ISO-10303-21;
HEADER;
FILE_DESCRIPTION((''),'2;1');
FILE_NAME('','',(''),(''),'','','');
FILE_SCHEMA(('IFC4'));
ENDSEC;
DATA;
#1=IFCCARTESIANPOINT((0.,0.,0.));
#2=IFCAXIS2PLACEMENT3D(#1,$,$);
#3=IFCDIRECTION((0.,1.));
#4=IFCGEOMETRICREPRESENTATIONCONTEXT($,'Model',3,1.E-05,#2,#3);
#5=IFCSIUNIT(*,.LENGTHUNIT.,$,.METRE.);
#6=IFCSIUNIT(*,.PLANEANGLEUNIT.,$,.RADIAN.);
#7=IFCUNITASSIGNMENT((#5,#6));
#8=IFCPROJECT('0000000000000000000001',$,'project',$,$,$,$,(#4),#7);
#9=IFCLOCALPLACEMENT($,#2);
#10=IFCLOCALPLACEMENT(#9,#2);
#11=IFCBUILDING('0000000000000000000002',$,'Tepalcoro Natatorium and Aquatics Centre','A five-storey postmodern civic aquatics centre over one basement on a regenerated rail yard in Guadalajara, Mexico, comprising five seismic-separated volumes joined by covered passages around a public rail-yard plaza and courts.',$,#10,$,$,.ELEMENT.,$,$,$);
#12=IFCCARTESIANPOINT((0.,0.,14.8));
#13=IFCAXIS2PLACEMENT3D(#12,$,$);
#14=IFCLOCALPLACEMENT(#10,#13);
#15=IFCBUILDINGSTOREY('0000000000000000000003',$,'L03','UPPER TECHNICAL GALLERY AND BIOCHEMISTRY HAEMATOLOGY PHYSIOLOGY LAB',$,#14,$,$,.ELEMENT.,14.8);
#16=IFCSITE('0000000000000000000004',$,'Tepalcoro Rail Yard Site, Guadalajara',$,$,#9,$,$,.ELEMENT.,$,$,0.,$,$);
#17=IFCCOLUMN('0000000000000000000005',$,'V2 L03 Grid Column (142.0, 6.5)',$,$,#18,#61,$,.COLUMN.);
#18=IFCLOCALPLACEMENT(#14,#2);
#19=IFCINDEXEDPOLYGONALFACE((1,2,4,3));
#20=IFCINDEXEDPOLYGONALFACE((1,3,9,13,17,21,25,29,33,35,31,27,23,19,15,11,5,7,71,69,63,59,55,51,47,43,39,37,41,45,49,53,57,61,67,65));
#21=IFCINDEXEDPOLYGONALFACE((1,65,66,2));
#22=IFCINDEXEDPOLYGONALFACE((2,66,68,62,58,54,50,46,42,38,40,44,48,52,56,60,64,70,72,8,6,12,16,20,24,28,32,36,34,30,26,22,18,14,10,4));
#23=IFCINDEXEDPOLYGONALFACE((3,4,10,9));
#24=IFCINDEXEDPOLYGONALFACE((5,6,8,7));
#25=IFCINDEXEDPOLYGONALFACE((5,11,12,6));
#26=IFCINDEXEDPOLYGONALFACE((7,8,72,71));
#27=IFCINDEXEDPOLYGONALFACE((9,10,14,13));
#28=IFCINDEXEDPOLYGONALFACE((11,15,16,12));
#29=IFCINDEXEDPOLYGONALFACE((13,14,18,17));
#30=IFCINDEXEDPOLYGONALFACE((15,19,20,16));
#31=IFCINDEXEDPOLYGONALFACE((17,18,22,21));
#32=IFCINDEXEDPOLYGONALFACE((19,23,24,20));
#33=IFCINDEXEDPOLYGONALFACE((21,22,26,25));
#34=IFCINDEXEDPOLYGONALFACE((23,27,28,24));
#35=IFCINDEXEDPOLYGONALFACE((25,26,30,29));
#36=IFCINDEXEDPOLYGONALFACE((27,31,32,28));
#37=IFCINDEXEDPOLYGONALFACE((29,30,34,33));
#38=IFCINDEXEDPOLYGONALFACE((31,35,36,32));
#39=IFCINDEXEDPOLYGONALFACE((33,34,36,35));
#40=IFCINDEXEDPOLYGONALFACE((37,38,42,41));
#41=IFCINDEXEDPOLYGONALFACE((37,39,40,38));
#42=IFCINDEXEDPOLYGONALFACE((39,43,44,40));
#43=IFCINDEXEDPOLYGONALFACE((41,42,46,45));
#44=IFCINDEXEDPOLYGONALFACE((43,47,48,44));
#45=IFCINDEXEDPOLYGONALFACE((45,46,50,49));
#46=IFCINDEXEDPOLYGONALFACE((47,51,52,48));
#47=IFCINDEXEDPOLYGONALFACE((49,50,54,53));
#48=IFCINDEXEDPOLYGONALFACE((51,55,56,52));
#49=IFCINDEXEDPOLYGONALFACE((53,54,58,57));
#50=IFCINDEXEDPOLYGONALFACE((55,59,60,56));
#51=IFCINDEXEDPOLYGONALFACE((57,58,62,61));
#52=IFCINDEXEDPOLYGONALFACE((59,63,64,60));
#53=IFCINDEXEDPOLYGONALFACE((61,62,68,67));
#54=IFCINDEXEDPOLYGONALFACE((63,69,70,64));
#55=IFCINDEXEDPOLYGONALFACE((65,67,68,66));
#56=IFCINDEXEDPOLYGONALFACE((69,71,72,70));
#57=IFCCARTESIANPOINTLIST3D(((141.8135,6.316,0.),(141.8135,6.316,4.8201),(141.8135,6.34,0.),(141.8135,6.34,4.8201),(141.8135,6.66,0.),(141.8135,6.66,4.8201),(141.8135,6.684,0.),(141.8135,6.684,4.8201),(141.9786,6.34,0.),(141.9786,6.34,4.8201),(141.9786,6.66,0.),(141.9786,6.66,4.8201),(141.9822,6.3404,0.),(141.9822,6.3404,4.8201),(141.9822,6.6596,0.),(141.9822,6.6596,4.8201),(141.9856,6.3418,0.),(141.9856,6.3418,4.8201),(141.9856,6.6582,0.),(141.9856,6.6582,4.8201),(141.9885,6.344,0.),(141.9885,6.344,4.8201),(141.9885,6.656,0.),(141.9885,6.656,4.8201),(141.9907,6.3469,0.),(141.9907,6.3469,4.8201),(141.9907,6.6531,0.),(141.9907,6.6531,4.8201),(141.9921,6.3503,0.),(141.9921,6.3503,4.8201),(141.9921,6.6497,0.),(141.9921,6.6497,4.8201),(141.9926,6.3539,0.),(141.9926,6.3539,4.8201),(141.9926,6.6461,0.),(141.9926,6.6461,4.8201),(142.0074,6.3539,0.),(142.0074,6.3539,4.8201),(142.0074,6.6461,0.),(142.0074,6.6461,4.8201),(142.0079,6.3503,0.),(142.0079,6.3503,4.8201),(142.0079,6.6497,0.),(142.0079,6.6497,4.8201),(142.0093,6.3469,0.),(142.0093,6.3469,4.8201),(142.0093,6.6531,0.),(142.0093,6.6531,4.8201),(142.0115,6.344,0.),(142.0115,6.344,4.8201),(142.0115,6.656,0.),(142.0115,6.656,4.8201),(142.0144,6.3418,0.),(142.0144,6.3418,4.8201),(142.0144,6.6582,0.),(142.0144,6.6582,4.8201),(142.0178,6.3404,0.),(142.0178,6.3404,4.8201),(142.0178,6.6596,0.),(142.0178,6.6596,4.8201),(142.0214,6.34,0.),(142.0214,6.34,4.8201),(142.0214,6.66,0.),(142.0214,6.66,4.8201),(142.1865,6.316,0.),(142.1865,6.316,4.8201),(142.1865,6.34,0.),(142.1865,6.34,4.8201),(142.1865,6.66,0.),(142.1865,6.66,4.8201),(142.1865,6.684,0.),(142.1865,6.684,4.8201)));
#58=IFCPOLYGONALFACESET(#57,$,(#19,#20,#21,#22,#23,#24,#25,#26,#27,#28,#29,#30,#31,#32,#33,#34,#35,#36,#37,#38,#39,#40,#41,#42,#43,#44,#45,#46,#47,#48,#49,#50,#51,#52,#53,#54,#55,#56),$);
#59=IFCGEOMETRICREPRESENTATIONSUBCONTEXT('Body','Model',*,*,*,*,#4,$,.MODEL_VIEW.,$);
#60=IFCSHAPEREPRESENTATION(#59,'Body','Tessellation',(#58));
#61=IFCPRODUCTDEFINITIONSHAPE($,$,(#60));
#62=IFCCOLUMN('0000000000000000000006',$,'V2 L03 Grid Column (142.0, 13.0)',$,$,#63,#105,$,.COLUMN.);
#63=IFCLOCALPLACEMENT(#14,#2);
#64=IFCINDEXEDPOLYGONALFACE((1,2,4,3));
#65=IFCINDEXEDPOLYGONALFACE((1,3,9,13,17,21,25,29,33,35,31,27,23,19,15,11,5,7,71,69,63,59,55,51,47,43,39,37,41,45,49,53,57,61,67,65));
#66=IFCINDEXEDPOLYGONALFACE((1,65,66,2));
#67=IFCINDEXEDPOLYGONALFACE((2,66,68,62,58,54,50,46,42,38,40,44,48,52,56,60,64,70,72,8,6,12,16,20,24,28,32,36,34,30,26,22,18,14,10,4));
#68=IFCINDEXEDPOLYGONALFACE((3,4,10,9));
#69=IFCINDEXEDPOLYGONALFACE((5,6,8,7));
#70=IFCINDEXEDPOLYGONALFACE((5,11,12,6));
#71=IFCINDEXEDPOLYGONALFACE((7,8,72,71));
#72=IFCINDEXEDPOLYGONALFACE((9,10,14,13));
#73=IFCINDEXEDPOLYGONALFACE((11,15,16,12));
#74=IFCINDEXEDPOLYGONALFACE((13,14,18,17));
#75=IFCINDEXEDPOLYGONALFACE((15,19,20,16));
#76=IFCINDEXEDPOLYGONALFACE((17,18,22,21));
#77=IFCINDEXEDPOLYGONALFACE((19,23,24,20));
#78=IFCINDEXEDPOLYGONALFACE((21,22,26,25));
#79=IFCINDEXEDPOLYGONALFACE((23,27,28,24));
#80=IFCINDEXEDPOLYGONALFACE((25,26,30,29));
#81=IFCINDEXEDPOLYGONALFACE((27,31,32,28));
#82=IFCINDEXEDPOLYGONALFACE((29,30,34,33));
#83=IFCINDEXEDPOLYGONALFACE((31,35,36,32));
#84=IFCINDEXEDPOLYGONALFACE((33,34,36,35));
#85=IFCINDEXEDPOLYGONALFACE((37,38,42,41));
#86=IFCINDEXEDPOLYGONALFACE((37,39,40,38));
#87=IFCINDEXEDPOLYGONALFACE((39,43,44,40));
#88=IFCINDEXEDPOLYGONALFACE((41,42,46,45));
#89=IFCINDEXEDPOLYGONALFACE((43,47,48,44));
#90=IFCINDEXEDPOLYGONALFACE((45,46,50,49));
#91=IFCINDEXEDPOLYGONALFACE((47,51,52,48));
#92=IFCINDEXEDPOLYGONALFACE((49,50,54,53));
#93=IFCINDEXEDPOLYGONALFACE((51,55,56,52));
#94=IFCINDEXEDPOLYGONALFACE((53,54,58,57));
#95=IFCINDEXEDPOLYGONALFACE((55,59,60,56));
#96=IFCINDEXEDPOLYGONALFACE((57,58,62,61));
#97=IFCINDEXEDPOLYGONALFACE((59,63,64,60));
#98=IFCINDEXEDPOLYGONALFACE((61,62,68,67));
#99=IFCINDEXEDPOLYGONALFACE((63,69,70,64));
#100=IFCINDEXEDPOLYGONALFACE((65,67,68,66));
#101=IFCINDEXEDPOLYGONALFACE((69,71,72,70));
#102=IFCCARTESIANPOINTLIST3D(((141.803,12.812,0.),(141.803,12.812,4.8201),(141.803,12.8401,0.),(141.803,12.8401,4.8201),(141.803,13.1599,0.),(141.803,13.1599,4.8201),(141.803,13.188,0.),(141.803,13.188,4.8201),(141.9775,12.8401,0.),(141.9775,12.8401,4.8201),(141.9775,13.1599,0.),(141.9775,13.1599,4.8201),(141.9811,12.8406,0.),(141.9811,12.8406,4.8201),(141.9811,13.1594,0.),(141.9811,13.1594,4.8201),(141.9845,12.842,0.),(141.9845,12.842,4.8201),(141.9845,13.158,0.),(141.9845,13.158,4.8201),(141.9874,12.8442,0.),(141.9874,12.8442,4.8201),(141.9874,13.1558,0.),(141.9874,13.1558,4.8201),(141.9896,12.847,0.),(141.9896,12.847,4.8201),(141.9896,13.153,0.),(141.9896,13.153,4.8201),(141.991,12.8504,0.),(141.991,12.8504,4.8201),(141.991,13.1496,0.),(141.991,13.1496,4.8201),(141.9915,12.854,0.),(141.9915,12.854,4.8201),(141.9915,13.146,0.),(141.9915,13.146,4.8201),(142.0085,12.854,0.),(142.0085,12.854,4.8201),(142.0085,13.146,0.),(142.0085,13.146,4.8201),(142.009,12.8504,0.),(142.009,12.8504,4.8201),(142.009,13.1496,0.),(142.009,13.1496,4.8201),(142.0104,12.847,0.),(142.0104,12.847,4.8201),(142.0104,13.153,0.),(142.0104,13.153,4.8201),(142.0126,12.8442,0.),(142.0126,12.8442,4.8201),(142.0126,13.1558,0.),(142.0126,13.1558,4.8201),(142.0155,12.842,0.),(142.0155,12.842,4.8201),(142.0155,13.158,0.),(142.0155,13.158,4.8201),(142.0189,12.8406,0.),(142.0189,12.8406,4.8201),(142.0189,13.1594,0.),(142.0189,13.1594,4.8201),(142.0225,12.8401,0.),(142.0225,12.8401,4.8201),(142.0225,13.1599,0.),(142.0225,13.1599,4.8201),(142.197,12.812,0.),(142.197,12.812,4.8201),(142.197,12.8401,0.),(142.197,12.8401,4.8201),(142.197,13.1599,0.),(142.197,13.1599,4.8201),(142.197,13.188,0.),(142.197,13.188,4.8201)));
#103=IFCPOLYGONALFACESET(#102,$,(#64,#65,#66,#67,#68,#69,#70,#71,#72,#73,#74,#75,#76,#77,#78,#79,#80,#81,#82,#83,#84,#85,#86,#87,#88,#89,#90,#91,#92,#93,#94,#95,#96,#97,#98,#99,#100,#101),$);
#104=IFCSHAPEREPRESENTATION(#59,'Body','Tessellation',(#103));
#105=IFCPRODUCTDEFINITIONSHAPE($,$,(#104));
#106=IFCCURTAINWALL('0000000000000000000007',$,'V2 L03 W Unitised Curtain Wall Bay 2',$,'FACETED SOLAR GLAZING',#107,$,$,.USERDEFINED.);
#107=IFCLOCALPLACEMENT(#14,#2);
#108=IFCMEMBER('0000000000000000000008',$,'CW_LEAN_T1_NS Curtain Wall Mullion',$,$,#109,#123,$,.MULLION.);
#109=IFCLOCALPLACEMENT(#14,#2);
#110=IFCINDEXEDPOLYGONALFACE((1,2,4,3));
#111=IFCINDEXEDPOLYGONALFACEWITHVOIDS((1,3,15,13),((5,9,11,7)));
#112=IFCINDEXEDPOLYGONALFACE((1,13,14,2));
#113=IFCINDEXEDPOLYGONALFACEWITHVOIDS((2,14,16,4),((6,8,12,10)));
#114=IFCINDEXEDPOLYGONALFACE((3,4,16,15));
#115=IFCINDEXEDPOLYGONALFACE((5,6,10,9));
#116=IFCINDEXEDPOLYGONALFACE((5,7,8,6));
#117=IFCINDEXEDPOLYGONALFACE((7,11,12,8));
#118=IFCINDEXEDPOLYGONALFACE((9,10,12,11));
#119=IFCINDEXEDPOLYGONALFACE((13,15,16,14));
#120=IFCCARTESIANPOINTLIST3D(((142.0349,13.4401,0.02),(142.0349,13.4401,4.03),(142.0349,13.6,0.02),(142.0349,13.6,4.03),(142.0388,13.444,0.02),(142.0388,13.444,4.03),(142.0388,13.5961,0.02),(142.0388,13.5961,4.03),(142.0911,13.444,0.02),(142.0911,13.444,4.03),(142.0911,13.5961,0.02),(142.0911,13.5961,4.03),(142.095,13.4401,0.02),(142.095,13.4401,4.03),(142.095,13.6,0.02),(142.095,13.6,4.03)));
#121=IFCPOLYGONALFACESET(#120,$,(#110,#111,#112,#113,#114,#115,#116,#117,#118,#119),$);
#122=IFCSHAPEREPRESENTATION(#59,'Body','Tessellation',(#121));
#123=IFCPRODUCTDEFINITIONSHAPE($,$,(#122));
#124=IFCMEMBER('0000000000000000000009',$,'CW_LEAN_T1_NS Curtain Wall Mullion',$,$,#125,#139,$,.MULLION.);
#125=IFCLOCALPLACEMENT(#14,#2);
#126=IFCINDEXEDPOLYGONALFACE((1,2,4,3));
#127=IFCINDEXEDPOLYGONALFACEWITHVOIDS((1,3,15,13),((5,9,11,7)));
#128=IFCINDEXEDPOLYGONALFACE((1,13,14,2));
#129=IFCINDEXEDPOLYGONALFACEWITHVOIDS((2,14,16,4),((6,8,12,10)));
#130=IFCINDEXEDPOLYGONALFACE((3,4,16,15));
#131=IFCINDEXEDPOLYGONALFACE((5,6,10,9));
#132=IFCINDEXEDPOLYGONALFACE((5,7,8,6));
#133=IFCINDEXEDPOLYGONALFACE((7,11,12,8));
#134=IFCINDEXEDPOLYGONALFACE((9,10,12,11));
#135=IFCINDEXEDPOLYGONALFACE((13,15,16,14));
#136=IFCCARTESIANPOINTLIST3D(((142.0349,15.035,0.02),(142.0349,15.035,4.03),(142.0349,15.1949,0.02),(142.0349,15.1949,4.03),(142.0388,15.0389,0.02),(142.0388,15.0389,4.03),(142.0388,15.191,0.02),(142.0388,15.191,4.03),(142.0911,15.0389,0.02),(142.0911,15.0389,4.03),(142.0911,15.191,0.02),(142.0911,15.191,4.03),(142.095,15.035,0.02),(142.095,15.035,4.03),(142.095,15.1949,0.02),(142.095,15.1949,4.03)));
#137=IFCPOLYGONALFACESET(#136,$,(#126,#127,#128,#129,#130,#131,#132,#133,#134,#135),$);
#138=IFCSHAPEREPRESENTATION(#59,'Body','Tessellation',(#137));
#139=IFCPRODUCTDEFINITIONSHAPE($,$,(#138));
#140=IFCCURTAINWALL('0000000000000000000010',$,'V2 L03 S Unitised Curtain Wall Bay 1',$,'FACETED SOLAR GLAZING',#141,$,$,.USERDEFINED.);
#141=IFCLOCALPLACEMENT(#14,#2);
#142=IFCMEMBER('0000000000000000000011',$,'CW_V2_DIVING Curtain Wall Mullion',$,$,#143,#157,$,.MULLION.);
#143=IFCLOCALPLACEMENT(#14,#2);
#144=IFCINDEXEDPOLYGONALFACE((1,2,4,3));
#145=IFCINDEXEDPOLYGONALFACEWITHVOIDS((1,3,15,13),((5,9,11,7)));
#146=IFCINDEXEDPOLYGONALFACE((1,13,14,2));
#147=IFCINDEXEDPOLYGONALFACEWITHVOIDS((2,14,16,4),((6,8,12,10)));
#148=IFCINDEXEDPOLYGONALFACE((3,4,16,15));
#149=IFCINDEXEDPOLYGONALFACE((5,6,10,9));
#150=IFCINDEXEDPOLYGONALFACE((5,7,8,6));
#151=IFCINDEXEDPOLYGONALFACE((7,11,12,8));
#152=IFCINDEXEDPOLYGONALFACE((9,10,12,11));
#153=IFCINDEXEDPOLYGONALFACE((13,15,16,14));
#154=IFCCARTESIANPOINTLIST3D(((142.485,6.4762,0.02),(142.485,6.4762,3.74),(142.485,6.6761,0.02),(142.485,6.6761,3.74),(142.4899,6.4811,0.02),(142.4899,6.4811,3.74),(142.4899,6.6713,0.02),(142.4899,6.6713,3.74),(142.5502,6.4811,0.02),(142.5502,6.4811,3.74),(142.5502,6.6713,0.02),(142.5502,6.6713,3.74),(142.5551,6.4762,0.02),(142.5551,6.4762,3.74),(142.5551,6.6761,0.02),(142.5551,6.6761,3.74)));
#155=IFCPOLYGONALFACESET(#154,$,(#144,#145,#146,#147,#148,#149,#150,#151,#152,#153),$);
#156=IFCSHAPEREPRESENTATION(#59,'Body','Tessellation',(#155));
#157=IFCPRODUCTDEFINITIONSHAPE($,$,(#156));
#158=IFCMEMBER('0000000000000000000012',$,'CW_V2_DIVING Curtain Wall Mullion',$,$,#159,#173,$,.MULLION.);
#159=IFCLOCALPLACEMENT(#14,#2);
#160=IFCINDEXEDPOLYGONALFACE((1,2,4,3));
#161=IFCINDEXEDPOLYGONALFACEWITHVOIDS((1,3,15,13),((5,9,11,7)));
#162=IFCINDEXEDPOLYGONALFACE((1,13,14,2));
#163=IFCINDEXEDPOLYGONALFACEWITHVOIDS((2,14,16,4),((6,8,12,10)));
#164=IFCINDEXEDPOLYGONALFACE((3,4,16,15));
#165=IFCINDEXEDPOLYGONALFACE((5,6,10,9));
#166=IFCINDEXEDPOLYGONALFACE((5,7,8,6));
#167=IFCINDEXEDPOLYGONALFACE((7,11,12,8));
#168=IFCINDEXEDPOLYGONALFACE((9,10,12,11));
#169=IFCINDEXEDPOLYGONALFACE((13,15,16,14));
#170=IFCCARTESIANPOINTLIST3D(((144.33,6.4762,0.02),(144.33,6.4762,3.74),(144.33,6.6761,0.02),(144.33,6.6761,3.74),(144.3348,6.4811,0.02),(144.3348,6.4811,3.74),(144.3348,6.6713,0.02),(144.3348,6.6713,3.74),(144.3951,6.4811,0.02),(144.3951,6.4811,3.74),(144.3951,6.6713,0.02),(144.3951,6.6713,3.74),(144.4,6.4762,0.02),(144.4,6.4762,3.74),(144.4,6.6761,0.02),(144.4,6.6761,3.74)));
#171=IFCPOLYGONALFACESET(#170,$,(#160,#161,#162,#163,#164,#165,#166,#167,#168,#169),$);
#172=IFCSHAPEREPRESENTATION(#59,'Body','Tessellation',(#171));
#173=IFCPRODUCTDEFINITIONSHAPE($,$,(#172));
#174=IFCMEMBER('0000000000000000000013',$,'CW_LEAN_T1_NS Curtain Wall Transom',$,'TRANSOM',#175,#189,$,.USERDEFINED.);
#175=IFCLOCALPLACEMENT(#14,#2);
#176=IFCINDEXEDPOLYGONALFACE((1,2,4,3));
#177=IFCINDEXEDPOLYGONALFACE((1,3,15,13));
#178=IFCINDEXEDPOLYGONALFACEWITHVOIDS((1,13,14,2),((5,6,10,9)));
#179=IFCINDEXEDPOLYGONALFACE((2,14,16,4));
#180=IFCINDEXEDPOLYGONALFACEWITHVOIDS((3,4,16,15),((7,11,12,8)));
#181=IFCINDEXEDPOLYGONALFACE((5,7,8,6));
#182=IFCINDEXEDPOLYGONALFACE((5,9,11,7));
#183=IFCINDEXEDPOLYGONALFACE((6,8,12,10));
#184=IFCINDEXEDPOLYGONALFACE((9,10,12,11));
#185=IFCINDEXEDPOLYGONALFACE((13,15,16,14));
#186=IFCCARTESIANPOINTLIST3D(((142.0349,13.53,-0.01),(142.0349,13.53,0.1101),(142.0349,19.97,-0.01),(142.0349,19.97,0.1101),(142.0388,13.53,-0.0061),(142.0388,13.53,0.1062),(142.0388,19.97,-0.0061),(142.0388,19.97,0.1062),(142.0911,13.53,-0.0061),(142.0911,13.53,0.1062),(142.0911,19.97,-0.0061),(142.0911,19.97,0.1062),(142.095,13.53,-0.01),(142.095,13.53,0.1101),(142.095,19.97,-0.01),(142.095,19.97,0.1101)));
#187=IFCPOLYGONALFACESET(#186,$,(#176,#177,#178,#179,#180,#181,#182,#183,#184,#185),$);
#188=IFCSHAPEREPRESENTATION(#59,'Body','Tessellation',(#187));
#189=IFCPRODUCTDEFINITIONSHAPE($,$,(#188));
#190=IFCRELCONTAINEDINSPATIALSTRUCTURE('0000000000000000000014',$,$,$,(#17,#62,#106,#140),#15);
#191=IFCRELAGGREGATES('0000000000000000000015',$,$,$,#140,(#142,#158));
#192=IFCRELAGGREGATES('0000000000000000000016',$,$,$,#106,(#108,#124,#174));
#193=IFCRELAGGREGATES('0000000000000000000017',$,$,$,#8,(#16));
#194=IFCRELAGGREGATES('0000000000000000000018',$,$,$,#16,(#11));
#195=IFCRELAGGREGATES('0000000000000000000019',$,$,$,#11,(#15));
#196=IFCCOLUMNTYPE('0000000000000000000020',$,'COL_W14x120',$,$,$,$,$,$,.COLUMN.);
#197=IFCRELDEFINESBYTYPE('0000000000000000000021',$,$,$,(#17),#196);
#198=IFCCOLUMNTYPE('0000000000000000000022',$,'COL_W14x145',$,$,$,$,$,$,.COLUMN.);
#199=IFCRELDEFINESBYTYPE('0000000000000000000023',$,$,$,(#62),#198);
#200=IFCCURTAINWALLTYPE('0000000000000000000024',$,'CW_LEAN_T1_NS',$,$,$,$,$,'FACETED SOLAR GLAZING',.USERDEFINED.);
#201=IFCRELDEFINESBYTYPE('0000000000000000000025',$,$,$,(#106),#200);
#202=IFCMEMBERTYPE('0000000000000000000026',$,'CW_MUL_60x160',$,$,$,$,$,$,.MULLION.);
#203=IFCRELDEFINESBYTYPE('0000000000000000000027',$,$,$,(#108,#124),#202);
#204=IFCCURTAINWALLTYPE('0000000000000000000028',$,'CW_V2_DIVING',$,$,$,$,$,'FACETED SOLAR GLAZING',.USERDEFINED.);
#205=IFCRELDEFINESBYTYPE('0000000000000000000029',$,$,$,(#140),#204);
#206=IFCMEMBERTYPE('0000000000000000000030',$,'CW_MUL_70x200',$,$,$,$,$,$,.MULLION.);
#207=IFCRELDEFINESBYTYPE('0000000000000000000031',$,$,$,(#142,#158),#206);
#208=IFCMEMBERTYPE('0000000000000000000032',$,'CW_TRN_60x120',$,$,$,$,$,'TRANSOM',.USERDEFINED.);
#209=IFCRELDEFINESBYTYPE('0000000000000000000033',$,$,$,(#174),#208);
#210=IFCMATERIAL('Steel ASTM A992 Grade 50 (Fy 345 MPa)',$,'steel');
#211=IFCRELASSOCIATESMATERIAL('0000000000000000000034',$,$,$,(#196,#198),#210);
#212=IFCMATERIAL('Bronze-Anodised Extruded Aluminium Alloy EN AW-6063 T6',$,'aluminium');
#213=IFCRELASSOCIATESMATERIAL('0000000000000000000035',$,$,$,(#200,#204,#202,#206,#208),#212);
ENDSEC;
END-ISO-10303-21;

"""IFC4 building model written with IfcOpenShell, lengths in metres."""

from ifc_helpers import new_model, si_unit, direction, frame, origin, origin_2d, place, context, subcontext, project, spatial, hollow_rectangle, i_section, extrude, material, material_profile, profile_set, type_object, element, aggregate, save


model = new_model("IFC4")

# Units and contexts
model_context = context("Model", 3, precision=1e-05, world=origin(), true_north=direction((0.0, 1.0)))
body_context = subcontext(model_context, "Body", "Model", "MODEL_VIEW")
ifc_project = project(units=[si_unit("LENGTHUNIT", "METRE"), si_unit("PLANEANGLEUNIT", "RADIAN")], contexts=[model_context])

# Site, building, storey
site_placement = place(None, origin())
site = spatial("IfcSite", under=ifc_project, at=site_placement, Name="Tepalcoro Rail Yard Site, Guadalajara", CompositionType="ELEMENT", RefElevation=0.0)
building_placement = place(site_placement, origin())
building = spatial("IfcBuilding", under=site, at=building_placement, Name="Tepalcoro Natatorium and Aquatics Centre", Description="A five-storey postmodern civic aquatics centre over one basement on a regenerated rail yard in Guadalajara, Mexico, comprising five seismic-separated volumes joined by covered passages around a public rail-yard plaza and courts.", CompositionType="ELEMENT")
storey_placement = place(building_placement, frame((0.0, 0.0, 14.8)))
storey = spatial("IfcBuildingStorey", under=building, at=storey_placement, Name="L03", Description="UPPER TECHNICAL GALLERY AND BIOCHEMISTRY HAEMATOLOGY PHYSIOLOGY LAB", CompositionType="ELEMENT", Elevation=14.8)

# Columns
ifc_material_1 = material(Name="Steel ASTM A992 Grade 50 (Fy 345 MPa)", Category="steel")
ifc_material_profile_1 = material_profile(ifc_material_1, i_section(OverallWidth=0.373, OverallDepth=0.3679, WebThickness=0.0149, FlangeThickness=0.0239, FilletRadius=0.0139, at=origin_2d()), Name="W14X120")
ifc_profile_set_1 = profile_set([ifc_material_profile_1], Name="Steel ASTM A992 Grade 50 (Fy 345 MPa)")
column_type_1 = type_object("IfcColumnType", Name="COL_W14x120", PredefinedType="COLUMN", material=ifc_profile_set_1)
column_1_placement = place(storey_placement, frame((142.0, 6.5, 0.0), z_axis=(0.0, 0.0, 1.0), x_axis=(1.0, 0.0, 0.0)))
element("IfcColumn", 1, at=column_1_placement, inside=storey, type_object=column_type_1, Name="V2 L03 Grid Column (142.0, 6.5)", PredefinedType="COLUMN", context=body_context, shape_type="SweptSolid", body=[
    extrude(i_section(OverallWidth=0.373, OverallDepth=0.3679, WebThickness=0.0149, FlangeThickness=0.0239, FilletRadius=0.0139, at=origin_2d()), origin(), (0.0, 0.0, 1.0), 4.8201),
])
ifc_material_profile_2 = material_profile(ifc_material_1, i_section(OverallWidth=0.394, OverallDepth=0.376, WebThickness=0.0171, FlangeThickness=0.0281, FilletRadius=0.0139, at=origin_2d()), Name="W14X145")
ifc_profile_set_2 = profile_set([ifc_material_profile_2], Name="Steel ASTM A992 Grade 50 (Fy 345 MPa)")
column_type_2 = type_object("IfcColumnType", Name="COL_W14x145", PredefinedType="COLUMN", material=ifc_profile_set_2)
column_2_placement = place(storey_placement, frame((142.0, 13.0, 0.0), z_axis=(0.0, 0.0, 1.0), x_axis=(1.0, 0.0, 0.0)))
element("IfcColumn", 2, at=column_2_placement, inside=storey, type_object=column_type_2, Name="V2 L03 Grid Column (142.0, 13.0)", PredefinedType="COLUMN", context=body_context, shape_type="SweptSolid", body=[
    extrude(i_section(OverallWidth=0.394, OverallDepth=0.376, WebThickness=0.0171, FlangeThickness=0.0281, FilletRadius=0.0139, at=origin_2d()), origin(), (0.0, 0.0, 1.0), 4.8201),
])

# Curtain walls, members
ifc_material_2 = material(Name="Bronze-Anodised Extruded Aluminium Alloy EN AW-6063 T6", Category="aluminium")
curtain_wall_type_1 = type_object("IfcCurtainWallType", Name="CW_LEAN_T1_NS", ElementType="FACETED SOLAR GLAZING", PredefinedType="USERDEFINED", material=ifc_material_2)
curtain_wall_1_placement = place(storey_placement, origin())
curtain_wall_1 = element("IfcCurtainWall", 3, at=curtain_wall_1_placement, inside=storey, type_object=curtain_wall_type_1, Name="V2 L03 W Unitised Curtain Wall Bay 2", ObjectType="FACETED SOLAR GLAZING", PredefinedType="USERDEFINED")
ifc_material_profile_3 = material_profile(ifc_material_2, hollow_rectangle(XDim=0.0601, YDim=0.1599, WallThickness=0.0039, at=origin_2d()), Name="AL60X160X4")
ifc_profile_set_3 = profile_set([ifc_material_profile_3], Name="Bronze-Anodised Extruded Aluminium Alloy EN AW-6063 T6")
member_type_1 = type_object("IfcMemberType", Name="CW_MUL_60x160", PredefinedType="MULLION", material=ifc_profile_set_3)
member_1_placement = place(storey_placement, frame((142.0649, 13.52, 0.02), z_axis=(0.0, 0.0, 1.0), x_axis=(1.0, 0.0, 0.0)))
member_1 = element("IfcMember", 4, at=member_1_placement, type_object=member_type_1, Name="CW_LEAN_T1_NS Curtain Wall Mullion", PredefinedType="MULLION", context=body_context, shape_type="SweptSolid", body=[
    extrude(hollow_rectangle(XDim=0.0601, YDim=0.1599, WallThickness=0.0039, at=origin_2d()), origin(), (0.0, 0.0, 1.0), 4.01),
])
member_2_placement = place(storey_placement, frame((142.0649, 15.115, 0.02), z_axis=(0.0, 0.0, 1.0), x_axis=(1.0, 0.0, 0.0)))
member_2 = element("IfcMember", 5, at=member_2_placement, type_object=member_type_1, Name="CW_LEAN_T1_NS Curtain Wall Mullion", PredefinedType="MULLION", context=body_context, shape_type="SweptSolid", body=[
    extrude(hollow_rectangle(XDim=0.0601, YDim=0.1599, WallThickness=0.0039, at=origin_2d()), origin(), (0.0, 0.0, 1.0), 4.01),
])
curtain_wall_type_2 = type_object("IfcCurtainWallType", Name="CW_V2_DIVING", ElementType="FACETED SOLAR GLAZING", PredefinedType="USERDEFINED", material=ifc_material_2)
curtain_wall_2_placement = place(storey_placement, origin())
curtain_wall_2 = element("IfcCurtainWall", 6, at=curtain_wall_2_placement, inside=storey, type_object=curtain_wall_type_2, Name="V2 L03 S Unitised Curtain Wall Bay 1", ObjectType="FACETED SOLAR GLAZING", PredefinedType="USERDEFINED")
ifc_material_profile_4 = material_profile(ifc_material_2, hollow_rectangle(XDim=0.0701, YDim=0.2, WallThickness=0.0049, at=origin_2d()), Name="AL70X200X5")
ifc_profile_set_4 = profile_set([ifc_material_profile_4], Name="Bronze-Anodised Extruded Aluminium Alloy EN AW-6063 T6")
member_type_2 = type_object("IfcMemberType", Name="CW_MUL_70x200", PredefinedType="MULLION", material=ifc_profile_set_4)
member_3_placement = place(storey_placement, frame((142.52, 6.5762, 0.02), z_axis=(0.0, 0.0, 1.0), x_axis=(1.0, 0.0, 0.0)))
member_3 = element("IfcMember", 7, at=member_3_placement, type_object=member_type_2, Name="CW_V2_DIVING Curtain Wall Mullion", PredefinedType="MULLION", context=body_context, shape_type="SweptSolid", body=[
    extrude(hollow_rectangle(XDim=0.0701, YDim=0.2, WallThickness=0.0049, at=origin_2d()), origin(), (0.0, 0.0, 1.0), 3.72),
])
member_4_placement = place(storey_placement, frame((144.365, 6.5762, 0.02), z_axis=(0.0, 0.0, 1.0), x_axis=(1.0, 0.0, 0.0)))
member_4 = element("IfcMember", 8, at=member_4_placement, type_object=member_type_2, Name="CW_V2_DIVING Curtain Wall Mullion", PredefinedType="MULLION", context=body_context, shape_type="SweptSolid", body=[
    extrude(hollow_rectangle(XDim=0.0701, YDim=0.2, WallThickness=0.0049, at=origin_2d()), origin(), (0.0, 0.0, 1.0), 3.72),
])

# Member
ifc_material_profile_5 = material_profile(ifc_material_2, hollow_rectangle(XDim=0.0601, YDim=0.1201, WallThickness=0.0039, at=origin_2d()), Name="AL60X120X4")
ifc_profile_set_5 = profile_set([ifc_material_profile_5], Name="Bronze-Anodised Extruded Aluminium Alloy EN AW-6063 T6")
member_type_3 = type_object("IfcMemberType", Name="CW_TRN_60x120", ElementType="TRANSOM", PredefinedType="USERDEFINED", material=ifc_profile_set_5)
member_5_placement = place(storey_placement, frame((142.0649, 13.53, 0.05), z_axis=(0.0, 1.0, 0.0), x_axis=(-1.0, 0.0, 0.0)))
member_5 = element("IfcMember", 9, at=member_5_placement, type_object=member_type_3, Name="CW_LEAN_T1_NS Curtain Wall Transom", ObjectType="TRANSOM", PredefinedType="USERDEFINED", context=body_context, shape_type="SweptSolid", body=[
    extrude(hollow_rectangle(XDim=0.0601, YDim=0.1201, WallThickness=0.0039, at=origin_2d()), origin(), (0.0, 0.0, 1.0), 6.4399),
])

aggregate(curtain_wall_2, [member_3, member_4])
aggregate(curtain_wall_1, [member_1, member_2, member_5])

save(model, "model.ifc")
